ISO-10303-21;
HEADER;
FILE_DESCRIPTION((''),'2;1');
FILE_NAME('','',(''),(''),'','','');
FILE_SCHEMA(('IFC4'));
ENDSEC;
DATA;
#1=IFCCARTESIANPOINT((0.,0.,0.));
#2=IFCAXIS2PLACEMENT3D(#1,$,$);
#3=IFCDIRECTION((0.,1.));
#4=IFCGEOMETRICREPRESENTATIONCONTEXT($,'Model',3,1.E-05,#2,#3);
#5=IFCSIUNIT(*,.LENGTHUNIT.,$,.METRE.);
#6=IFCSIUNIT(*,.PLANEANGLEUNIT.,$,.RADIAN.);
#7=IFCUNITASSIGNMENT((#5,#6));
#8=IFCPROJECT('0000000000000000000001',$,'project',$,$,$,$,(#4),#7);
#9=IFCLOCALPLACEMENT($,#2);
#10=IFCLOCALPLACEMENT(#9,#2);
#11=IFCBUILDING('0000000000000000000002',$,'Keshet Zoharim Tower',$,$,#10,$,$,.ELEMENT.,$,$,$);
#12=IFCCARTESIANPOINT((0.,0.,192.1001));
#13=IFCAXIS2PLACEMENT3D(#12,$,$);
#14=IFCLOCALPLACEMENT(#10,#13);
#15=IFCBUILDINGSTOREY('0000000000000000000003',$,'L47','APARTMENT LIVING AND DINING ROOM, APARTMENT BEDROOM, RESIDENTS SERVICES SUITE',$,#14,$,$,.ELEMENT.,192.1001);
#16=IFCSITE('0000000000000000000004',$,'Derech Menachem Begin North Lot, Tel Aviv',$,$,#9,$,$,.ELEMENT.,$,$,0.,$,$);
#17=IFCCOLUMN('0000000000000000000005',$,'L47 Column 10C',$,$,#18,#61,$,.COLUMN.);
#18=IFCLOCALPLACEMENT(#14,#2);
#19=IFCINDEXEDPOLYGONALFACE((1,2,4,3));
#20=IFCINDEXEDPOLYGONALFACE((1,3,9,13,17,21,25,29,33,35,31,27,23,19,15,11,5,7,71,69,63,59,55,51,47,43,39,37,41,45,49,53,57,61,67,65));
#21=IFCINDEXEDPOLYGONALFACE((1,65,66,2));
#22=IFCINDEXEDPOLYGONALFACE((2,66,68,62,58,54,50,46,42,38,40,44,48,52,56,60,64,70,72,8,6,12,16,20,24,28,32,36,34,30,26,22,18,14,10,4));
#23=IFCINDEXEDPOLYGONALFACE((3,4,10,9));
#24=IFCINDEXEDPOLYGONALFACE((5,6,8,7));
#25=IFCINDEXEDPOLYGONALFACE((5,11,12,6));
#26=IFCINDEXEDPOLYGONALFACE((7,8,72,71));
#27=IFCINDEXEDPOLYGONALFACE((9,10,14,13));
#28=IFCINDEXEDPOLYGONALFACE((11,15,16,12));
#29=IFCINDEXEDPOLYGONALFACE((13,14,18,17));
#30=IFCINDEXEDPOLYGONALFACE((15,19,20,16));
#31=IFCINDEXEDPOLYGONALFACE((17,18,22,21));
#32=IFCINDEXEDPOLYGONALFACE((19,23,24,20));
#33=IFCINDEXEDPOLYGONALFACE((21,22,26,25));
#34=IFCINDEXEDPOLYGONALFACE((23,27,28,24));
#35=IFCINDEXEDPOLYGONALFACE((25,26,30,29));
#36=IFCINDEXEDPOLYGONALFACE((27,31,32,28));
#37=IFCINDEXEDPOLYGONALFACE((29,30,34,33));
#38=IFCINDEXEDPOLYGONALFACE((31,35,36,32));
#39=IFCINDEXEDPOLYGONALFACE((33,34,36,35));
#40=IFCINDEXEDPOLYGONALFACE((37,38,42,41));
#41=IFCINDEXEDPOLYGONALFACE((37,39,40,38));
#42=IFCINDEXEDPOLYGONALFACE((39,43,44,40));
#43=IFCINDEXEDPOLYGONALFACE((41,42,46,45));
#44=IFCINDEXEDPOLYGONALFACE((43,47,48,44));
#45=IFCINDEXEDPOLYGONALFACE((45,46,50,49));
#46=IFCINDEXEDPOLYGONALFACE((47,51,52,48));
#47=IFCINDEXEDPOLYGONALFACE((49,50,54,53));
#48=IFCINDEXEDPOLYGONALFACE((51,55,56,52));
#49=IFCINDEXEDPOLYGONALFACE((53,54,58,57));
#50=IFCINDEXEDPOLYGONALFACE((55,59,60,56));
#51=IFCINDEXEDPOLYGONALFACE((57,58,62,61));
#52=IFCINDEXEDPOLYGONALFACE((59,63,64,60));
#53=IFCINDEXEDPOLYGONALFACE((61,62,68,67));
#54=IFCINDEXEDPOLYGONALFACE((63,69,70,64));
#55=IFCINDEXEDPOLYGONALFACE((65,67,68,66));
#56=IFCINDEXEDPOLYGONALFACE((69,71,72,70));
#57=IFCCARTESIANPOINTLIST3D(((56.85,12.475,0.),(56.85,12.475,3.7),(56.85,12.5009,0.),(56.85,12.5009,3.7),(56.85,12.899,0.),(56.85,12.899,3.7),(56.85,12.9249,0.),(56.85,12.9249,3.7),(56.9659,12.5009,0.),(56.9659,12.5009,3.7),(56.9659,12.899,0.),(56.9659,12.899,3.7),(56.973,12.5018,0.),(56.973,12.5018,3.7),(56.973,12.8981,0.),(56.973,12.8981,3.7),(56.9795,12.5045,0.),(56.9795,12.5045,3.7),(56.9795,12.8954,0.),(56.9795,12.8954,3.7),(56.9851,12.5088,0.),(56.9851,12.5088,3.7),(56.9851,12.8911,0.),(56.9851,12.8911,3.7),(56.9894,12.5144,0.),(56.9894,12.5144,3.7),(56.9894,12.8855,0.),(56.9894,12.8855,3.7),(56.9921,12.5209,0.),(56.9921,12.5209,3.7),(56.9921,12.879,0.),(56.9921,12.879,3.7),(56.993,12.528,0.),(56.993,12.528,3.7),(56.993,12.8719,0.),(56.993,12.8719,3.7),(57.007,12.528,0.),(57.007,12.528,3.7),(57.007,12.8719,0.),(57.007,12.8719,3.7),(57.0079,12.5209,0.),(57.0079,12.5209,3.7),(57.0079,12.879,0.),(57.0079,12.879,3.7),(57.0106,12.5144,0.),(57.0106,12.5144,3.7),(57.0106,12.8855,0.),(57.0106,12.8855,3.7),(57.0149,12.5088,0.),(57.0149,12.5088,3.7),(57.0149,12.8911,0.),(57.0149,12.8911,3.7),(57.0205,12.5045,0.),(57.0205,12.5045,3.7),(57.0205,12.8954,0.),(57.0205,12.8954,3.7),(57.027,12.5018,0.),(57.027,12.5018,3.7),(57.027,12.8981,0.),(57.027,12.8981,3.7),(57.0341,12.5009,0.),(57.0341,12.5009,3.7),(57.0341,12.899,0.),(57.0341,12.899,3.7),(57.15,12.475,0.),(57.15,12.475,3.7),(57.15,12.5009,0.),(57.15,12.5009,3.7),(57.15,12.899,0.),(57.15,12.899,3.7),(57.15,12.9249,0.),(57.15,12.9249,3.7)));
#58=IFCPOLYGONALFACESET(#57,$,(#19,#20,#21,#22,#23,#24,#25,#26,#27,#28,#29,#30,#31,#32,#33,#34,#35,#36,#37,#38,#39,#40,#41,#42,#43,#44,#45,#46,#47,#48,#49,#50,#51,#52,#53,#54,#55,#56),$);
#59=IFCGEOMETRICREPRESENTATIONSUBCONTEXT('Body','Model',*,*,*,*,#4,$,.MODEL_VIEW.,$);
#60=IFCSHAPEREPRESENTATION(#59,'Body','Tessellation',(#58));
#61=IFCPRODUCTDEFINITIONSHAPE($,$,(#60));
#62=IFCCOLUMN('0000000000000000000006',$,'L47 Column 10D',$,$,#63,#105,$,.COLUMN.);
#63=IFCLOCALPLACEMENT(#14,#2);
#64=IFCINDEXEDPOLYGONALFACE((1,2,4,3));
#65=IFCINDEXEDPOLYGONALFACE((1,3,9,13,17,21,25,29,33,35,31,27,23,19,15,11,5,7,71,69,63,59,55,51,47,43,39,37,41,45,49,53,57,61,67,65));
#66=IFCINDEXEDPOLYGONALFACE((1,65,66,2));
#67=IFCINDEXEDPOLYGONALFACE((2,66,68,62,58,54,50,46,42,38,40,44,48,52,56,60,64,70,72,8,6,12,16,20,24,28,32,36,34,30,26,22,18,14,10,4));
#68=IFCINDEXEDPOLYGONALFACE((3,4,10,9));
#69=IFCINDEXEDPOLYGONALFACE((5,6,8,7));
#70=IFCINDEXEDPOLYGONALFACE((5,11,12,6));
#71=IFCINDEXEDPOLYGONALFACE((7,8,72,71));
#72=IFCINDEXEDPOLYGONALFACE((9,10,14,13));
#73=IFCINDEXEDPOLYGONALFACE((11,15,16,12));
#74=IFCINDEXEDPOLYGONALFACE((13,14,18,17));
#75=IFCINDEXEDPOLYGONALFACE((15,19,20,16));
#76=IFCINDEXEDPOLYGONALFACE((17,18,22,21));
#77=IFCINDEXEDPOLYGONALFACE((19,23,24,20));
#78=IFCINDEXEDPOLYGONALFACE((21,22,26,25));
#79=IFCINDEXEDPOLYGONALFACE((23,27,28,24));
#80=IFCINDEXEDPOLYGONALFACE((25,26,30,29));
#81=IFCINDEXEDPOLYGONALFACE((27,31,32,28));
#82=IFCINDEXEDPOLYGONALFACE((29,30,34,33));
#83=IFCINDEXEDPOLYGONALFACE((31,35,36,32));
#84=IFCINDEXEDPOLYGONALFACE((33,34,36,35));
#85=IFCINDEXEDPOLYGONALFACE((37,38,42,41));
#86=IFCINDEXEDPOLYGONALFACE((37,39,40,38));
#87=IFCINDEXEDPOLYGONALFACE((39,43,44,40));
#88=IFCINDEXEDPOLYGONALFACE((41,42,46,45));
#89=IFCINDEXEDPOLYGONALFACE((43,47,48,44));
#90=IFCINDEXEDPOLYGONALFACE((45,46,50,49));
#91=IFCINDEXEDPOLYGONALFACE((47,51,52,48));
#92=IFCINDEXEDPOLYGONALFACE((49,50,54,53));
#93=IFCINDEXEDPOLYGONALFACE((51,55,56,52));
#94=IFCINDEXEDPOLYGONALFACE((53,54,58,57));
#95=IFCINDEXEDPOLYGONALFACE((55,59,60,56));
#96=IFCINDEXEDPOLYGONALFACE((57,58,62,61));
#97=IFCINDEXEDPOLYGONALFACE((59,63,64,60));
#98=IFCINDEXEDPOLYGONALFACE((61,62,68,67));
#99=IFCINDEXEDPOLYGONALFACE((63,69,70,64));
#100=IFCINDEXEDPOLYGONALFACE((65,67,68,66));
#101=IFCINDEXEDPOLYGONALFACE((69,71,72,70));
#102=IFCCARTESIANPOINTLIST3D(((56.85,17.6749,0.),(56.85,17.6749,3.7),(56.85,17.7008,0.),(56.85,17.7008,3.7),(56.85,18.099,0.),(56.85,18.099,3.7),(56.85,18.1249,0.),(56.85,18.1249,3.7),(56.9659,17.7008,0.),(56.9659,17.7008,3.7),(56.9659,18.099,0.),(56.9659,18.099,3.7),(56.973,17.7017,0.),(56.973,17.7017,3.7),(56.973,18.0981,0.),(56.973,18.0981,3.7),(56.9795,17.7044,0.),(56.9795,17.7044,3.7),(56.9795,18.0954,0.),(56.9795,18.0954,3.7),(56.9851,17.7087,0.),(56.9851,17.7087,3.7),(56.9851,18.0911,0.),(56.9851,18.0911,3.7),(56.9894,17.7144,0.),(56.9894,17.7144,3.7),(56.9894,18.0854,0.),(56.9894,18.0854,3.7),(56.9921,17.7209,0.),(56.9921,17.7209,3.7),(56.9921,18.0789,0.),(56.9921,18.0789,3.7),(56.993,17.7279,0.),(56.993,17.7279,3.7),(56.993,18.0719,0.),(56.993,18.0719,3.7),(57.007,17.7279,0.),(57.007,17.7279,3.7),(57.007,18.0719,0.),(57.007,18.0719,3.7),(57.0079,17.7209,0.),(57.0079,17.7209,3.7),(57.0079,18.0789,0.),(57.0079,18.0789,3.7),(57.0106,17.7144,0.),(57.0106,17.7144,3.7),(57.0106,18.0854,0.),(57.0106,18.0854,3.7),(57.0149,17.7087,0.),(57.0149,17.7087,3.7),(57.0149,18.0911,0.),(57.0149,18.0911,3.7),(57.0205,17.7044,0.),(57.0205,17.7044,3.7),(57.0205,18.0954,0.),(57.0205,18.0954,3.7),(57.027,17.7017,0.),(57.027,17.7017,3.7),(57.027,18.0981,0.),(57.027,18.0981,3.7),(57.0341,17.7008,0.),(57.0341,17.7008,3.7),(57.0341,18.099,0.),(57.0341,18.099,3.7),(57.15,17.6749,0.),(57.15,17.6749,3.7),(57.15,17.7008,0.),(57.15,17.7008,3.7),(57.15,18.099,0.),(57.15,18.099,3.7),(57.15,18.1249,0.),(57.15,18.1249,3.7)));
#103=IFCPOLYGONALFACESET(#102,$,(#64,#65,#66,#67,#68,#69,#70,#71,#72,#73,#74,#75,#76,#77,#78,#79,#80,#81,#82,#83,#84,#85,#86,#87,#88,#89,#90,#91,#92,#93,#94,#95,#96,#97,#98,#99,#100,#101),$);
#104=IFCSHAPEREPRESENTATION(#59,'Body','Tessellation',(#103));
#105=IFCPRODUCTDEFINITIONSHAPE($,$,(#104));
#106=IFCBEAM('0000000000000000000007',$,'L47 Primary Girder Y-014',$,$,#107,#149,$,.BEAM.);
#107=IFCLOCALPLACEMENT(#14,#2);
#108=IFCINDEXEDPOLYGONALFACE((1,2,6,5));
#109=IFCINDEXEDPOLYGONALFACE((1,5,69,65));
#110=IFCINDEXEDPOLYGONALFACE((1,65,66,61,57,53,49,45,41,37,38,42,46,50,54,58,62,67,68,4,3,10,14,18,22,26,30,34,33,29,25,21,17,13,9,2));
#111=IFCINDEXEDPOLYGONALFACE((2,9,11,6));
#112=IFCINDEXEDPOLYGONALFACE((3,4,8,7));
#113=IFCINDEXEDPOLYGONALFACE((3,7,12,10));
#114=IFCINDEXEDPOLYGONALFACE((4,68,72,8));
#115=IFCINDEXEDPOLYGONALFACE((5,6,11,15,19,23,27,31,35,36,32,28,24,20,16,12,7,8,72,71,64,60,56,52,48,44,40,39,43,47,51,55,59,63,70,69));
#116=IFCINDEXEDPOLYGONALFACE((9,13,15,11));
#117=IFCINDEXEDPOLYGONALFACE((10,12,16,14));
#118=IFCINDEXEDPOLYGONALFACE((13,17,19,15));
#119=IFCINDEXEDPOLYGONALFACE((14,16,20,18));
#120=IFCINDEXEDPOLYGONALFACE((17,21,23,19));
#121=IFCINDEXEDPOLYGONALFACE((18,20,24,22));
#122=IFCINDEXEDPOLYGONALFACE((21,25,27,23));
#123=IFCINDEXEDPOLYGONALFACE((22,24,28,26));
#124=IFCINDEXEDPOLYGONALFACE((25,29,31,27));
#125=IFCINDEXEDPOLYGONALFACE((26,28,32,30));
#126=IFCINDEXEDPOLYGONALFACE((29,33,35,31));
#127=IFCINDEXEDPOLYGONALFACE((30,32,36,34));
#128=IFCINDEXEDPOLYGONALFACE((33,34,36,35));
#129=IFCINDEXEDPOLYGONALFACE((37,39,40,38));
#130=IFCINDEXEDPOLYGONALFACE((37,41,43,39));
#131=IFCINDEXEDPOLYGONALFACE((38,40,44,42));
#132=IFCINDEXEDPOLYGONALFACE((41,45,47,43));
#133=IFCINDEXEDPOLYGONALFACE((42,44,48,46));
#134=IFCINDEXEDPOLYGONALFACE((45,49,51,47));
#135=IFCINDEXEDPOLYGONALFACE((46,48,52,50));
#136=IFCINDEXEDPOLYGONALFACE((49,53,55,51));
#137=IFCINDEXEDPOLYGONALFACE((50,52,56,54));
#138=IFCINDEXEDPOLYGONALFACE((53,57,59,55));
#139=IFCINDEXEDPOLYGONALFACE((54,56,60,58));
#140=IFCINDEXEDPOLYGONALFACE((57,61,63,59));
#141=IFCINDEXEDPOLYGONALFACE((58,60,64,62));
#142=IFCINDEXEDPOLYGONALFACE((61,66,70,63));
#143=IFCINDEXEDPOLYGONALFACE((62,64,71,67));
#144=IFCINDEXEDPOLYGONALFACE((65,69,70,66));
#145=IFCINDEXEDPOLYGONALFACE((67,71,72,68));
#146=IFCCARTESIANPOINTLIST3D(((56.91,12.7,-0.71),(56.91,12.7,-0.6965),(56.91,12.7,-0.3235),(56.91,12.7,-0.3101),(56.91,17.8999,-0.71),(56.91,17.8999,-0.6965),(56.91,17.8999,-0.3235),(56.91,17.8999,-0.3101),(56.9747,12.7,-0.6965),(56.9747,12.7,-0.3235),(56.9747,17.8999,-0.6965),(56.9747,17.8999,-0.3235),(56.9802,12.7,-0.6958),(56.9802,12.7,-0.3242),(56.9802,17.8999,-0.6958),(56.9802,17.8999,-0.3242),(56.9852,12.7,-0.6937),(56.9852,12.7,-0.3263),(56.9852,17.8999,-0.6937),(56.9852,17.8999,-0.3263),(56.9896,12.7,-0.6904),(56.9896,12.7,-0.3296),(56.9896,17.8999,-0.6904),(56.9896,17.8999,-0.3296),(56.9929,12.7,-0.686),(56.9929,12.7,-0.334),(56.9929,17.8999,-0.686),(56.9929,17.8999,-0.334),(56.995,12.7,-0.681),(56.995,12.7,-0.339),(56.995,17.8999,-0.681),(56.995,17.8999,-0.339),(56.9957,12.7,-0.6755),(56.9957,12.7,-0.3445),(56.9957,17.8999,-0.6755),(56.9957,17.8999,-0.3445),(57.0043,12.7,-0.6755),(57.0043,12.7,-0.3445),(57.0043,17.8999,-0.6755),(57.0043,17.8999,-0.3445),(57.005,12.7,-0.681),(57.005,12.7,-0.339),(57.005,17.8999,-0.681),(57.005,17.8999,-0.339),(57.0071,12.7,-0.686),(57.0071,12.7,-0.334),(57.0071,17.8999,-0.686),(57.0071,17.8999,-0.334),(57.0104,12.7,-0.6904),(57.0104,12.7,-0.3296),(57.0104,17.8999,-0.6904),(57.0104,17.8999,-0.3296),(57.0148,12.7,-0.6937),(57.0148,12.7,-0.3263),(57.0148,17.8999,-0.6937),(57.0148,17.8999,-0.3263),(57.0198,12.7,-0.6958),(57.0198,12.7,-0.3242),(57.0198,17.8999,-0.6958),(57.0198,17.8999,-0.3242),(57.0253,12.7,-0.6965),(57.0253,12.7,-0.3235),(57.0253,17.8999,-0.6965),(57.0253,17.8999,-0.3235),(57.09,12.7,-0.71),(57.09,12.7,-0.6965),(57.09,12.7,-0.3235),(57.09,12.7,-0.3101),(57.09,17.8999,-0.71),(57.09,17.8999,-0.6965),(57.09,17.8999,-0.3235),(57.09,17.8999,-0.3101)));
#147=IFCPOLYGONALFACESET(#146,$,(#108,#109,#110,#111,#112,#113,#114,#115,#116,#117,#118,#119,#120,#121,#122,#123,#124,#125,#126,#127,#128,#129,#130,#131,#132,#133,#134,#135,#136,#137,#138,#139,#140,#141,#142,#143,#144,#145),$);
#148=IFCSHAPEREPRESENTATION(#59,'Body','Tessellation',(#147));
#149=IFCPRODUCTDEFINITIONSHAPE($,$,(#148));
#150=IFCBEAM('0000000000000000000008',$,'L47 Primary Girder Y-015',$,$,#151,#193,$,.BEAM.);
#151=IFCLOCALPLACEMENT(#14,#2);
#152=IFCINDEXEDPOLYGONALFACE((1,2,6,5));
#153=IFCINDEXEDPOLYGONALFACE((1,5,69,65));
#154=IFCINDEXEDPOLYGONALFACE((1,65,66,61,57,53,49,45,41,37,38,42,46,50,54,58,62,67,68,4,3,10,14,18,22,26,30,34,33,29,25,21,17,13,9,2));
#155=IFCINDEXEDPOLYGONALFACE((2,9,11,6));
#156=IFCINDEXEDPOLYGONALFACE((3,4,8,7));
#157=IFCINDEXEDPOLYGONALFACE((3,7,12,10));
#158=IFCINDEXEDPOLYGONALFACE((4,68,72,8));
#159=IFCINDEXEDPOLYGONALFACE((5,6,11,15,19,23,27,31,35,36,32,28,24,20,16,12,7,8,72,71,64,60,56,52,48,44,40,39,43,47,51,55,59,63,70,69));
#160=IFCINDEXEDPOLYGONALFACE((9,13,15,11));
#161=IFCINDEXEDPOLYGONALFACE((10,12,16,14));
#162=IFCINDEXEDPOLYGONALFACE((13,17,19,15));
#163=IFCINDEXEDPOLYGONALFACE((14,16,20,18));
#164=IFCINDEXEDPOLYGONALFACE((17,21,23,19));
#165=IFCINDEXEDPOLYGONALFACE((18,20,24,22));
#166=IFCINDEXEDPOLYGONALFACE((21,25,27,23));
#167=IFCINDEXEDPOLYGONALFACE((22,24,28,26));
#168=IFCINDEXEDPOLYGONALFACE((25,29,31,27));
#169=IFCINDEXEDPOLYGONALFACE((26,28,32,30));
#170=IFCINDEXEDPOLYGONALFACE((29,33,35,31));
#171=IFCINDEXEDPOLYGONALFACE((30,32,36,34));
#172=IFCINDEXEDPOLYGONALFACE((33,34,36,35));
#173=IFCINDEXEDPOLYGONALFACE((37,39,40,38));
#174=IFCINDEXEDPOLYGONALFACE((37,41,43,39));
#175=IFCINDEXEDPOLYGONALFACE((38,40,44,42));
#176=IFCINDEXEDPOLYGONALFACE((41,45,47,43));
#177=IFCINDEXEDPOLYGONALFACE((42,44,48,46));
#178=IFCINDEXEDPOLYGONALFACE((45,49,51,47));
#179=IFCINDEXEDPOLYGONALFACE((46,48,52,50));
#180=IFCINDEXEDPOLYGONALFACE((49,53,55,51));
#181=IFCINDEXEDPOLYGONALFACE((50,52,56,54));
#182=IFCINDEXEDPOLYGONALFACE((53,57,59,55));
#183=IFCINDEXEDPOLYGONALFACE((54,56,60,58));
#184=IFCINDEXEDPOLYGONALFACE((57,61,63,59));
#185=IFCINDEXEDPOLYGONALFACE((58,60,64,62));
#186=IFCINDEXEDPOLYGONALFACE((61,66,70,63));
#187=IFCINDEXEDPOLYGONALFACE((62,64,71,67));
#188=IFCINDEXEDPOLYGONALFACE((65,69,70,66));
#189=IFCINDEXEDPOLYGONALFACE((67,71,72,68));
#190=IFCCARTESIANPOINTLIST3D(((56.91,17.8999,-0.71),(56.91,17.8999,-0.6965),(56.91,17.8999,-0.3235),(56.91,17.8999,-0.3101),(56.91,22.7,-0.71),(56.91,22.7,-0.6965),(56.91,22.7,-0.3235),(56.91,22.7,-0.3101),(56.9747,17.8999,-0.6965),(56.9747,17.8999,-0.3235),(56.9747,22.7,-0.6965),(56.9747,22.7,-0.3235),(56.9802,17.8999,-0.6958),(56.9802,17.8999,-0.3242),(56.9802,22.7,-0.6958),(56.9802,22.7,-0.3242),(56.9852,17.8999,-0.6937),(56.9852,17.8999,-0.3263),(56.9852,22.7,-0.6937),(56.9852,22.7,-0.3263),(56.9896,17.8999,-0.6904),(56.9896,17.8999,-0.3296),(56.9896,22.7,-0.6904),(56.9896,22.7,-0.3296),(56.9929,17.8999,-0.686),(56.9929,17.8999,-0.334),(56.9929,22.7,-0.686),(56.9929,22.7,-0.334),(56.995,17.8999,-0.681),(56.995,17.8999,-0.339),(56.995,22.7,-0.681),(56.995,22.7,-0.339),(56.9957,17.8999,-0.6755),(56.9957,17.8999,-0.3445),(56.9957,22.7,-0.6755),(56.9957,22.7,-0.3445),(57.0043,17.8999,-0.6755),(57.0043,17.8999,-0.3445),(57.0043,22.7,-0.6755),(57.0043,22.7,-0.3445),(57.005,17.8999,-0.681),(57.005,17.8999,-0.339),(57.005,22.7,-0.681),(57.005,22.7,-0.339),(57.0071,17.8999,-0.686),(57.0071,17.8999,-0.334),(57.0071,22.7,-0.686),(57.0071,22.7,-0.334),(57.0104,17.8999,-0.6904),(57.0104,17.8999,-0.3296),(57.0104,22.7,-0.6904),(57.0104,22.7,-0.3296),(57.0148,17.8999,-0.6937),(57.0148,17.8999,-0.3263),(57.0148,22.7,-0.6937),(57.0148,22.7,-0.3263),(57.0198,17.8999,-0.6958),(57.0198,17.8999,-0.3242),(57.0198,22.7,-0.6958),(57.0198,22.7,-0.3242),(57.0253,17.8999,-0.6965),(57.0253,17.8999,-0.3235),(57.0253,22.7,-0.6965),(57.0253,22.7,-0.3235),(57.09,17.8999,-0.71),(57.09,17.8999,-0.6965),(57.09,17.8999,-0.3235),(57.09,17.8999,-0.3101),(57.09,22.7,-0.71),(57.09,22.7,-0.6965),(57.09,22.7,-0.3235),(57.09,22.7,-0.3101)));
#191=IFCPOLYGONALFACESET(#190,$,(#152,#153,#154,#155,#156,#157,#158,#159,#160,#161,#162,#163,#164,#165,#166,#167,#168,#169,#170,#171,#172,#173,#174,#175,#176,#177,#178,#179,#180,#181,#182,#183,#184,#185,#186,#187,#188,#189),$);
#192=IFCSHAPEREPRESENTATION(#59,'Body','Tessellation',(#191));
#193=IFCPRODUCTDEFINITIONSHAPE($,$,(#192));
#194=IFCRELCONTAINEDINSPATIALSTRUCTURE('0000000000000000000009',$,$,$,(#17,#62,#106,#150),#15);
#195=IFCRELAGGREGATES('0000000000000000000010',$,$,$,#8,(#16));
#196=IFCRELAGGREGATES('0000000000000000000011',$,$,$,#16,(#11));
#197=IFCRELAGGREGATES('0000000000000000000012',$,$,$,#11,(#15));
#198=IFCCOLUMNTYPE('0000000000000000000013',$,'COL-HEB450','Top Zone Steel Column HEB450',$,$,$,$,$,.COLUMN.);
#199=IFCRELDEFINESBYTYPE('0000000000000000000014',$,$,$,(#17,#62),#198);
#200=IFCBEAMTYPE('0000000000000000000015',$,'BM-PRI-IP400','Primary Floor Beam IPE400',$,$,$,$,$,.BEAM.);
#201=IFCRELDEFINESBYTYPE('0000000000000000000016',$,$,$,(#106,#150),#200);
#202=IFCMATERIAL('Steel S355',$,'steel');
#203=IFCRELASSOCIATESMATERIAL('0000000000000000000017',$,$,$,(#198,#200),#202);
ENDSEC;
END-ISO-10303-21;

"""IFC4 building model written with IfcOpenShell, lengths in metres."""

from ifc_helpers import new_model, si_unit, direction, frame, origin, origin_2d, place, context, subcontext, project, spatial, i_section, extrude, material, material_profile, profile_set, type_object, element, save


model = new_model("IFC4")

# Units and contexts
model_context = context("Model", 3, precision=1e-05, world=origin(), true_north=direction((0.0, 1.0)))
body_context = subcontext(model_context, "Body", "Model", "MODEL_VIEW")
ifc_project = project(units=[si_unit("LENGTHUNIT", "METRE"), si_unit("PLANEANGLEUNIT", "RADIAN")], contexts=[model_context])

# Site, building, storey
site_placement = place(None, origin())
site = spatial("IfcSite", under=ifc_project, at=site_placement, Name="Derech Menachem Begin North Lot, Tel Aviv", CompositionType="ELEMENT", RefElevation=0.0)
building_placement = place(site_placement, origin())
building = spatial("IfcBuilding", under=site, at=building_placement, Name="Keshet Zoharim Tower", CompositionType="ELEMENT")
storey_placement = place(building_placement, frame((0.0, 0.0, 192.1001)))
storey = spatial("IfcBuildingStorey", under=building, at=storey_placement, Name="L47", Description="APARTMENT LIVING AND DINING ROOM, APARTMENT BEDROOM, RESIDENTS SERVICES SUITE", CompositionType="ELEMENT", Elevation=192.1001)

# Columns
ifc_material_1 = material(Name="Steel S355", Category="steel")
ifc_material_profile_1 = material_profile(ifc_material_1, i_section(OverallWidth=0.3, OverallDepth=0.45, WebThickness=0.0139, FlangeThickness=0.0259, FilletRadius=0.0271, at=origin_2d()), Name="HEB450")
ifc_profile_set_1 = profile_set([ifc_material_profile_1], Name="Steel S355")
column_type = type_object("IfcColumnType", Name="COL-HEB450", Description="Top Zone Steel Column HEB450", PredefinedType="COLUMN", material=ifc_profile_set_1)
for number, where, z_axis, x_axis, name in (
    (1, (57.0, 12.7, 0.0), (0.0, 0.0, 1.0), (1.0, 0.0, 0.0), "L47 Column 10C"),
    (2, (57.0, 17.8999, 0.0), (0.0, 0.0, 1.0), (1.0, 0.0, 0.0), "L47 Column 10D"),
):
    element("IfcColumn", number, at=place(storey_placement, frame(where, z_axis=z_axis, x_axis=x_axis)), inside=storey, type_object=column_type, Name=name, PredefinedType="COLUMN", context=body_context, shape_type="SweptSolid", body=[
        extrude(i_section(OverallWidth=0.3, OverallDepth=0.45, WebThickness=0.0139, FlangeThickness=0.0259, FilletRadius=0.0271, at=origin_2d()), origin(), (0.0, 0.0, 1.0), 3.7),
    ])

# Beams
ifc_material_profile_2 = material_profile(ifc_material_1, i_section(OverallWidth=0.1799, OverallDepth=0.3999, WebThickness=0.0085, FlangeThickness=0.0134, FilletRadius=0.021, at=origin_2d()), Name="IPE400")
ifc_profile_set_2 = profile_set([ifc_material_profile_2], Name="Steel S355")
beam_type = type_object("IfcBeamType", Name="BM-PRI-IP400", Description="Primary Floor Beam IPE400", PredefinedType="BEAM", material=ifc_profile_set_2)
beam_1_placement = place(storey_placement, frame((57.0, 12.7, -0.51), z_axis=(0.0, 1.0, 0.0), x_axis=(-1.0, 0.0, 0.0)))
element("IfcBeam", 3, at=beam_1_placement, inside=storey, type_object=beam_type, Name="L47 Primary Girder Y-014", PredefinedType="BEAM", context=body_context, shape_type="SweptSolid", body=[
    extrude(i_section(OverallWidth=0.1799, OverallDepth=0.3999, WebThickness=0.0085, FlangeThickness=0.0134, FilletRadius=0.021, at=origin_2d()), origin(), (0.0, 0.0, 1.0), 5.2),
])
beam_2_placement = place(storey_placement, frame((57.0, 17.8999, -0.51), z_axis=(0.0, 1.0, 0.0), x_axis=(-1.0, 0.0, 0.0)))
element("IfcBeam", 4, at=beam_2_placement, inside=storey, type_object=beam_type, Name="L47 Primary Girder Y-015", PredefinedType="BEAM", context=body_context, shape_type="SweptSolid", body=[
    extrude(i_section(OverallWidth=0.1799, OverallDepth=0.3999, WebThickness=0.0085, FlangeThickness=0.0134, FilletRadius=0.021, at=origin_2d()), origin(), (0.0, 0.0, 1.0), 4.8),
])

save(model, "model.ifc")
